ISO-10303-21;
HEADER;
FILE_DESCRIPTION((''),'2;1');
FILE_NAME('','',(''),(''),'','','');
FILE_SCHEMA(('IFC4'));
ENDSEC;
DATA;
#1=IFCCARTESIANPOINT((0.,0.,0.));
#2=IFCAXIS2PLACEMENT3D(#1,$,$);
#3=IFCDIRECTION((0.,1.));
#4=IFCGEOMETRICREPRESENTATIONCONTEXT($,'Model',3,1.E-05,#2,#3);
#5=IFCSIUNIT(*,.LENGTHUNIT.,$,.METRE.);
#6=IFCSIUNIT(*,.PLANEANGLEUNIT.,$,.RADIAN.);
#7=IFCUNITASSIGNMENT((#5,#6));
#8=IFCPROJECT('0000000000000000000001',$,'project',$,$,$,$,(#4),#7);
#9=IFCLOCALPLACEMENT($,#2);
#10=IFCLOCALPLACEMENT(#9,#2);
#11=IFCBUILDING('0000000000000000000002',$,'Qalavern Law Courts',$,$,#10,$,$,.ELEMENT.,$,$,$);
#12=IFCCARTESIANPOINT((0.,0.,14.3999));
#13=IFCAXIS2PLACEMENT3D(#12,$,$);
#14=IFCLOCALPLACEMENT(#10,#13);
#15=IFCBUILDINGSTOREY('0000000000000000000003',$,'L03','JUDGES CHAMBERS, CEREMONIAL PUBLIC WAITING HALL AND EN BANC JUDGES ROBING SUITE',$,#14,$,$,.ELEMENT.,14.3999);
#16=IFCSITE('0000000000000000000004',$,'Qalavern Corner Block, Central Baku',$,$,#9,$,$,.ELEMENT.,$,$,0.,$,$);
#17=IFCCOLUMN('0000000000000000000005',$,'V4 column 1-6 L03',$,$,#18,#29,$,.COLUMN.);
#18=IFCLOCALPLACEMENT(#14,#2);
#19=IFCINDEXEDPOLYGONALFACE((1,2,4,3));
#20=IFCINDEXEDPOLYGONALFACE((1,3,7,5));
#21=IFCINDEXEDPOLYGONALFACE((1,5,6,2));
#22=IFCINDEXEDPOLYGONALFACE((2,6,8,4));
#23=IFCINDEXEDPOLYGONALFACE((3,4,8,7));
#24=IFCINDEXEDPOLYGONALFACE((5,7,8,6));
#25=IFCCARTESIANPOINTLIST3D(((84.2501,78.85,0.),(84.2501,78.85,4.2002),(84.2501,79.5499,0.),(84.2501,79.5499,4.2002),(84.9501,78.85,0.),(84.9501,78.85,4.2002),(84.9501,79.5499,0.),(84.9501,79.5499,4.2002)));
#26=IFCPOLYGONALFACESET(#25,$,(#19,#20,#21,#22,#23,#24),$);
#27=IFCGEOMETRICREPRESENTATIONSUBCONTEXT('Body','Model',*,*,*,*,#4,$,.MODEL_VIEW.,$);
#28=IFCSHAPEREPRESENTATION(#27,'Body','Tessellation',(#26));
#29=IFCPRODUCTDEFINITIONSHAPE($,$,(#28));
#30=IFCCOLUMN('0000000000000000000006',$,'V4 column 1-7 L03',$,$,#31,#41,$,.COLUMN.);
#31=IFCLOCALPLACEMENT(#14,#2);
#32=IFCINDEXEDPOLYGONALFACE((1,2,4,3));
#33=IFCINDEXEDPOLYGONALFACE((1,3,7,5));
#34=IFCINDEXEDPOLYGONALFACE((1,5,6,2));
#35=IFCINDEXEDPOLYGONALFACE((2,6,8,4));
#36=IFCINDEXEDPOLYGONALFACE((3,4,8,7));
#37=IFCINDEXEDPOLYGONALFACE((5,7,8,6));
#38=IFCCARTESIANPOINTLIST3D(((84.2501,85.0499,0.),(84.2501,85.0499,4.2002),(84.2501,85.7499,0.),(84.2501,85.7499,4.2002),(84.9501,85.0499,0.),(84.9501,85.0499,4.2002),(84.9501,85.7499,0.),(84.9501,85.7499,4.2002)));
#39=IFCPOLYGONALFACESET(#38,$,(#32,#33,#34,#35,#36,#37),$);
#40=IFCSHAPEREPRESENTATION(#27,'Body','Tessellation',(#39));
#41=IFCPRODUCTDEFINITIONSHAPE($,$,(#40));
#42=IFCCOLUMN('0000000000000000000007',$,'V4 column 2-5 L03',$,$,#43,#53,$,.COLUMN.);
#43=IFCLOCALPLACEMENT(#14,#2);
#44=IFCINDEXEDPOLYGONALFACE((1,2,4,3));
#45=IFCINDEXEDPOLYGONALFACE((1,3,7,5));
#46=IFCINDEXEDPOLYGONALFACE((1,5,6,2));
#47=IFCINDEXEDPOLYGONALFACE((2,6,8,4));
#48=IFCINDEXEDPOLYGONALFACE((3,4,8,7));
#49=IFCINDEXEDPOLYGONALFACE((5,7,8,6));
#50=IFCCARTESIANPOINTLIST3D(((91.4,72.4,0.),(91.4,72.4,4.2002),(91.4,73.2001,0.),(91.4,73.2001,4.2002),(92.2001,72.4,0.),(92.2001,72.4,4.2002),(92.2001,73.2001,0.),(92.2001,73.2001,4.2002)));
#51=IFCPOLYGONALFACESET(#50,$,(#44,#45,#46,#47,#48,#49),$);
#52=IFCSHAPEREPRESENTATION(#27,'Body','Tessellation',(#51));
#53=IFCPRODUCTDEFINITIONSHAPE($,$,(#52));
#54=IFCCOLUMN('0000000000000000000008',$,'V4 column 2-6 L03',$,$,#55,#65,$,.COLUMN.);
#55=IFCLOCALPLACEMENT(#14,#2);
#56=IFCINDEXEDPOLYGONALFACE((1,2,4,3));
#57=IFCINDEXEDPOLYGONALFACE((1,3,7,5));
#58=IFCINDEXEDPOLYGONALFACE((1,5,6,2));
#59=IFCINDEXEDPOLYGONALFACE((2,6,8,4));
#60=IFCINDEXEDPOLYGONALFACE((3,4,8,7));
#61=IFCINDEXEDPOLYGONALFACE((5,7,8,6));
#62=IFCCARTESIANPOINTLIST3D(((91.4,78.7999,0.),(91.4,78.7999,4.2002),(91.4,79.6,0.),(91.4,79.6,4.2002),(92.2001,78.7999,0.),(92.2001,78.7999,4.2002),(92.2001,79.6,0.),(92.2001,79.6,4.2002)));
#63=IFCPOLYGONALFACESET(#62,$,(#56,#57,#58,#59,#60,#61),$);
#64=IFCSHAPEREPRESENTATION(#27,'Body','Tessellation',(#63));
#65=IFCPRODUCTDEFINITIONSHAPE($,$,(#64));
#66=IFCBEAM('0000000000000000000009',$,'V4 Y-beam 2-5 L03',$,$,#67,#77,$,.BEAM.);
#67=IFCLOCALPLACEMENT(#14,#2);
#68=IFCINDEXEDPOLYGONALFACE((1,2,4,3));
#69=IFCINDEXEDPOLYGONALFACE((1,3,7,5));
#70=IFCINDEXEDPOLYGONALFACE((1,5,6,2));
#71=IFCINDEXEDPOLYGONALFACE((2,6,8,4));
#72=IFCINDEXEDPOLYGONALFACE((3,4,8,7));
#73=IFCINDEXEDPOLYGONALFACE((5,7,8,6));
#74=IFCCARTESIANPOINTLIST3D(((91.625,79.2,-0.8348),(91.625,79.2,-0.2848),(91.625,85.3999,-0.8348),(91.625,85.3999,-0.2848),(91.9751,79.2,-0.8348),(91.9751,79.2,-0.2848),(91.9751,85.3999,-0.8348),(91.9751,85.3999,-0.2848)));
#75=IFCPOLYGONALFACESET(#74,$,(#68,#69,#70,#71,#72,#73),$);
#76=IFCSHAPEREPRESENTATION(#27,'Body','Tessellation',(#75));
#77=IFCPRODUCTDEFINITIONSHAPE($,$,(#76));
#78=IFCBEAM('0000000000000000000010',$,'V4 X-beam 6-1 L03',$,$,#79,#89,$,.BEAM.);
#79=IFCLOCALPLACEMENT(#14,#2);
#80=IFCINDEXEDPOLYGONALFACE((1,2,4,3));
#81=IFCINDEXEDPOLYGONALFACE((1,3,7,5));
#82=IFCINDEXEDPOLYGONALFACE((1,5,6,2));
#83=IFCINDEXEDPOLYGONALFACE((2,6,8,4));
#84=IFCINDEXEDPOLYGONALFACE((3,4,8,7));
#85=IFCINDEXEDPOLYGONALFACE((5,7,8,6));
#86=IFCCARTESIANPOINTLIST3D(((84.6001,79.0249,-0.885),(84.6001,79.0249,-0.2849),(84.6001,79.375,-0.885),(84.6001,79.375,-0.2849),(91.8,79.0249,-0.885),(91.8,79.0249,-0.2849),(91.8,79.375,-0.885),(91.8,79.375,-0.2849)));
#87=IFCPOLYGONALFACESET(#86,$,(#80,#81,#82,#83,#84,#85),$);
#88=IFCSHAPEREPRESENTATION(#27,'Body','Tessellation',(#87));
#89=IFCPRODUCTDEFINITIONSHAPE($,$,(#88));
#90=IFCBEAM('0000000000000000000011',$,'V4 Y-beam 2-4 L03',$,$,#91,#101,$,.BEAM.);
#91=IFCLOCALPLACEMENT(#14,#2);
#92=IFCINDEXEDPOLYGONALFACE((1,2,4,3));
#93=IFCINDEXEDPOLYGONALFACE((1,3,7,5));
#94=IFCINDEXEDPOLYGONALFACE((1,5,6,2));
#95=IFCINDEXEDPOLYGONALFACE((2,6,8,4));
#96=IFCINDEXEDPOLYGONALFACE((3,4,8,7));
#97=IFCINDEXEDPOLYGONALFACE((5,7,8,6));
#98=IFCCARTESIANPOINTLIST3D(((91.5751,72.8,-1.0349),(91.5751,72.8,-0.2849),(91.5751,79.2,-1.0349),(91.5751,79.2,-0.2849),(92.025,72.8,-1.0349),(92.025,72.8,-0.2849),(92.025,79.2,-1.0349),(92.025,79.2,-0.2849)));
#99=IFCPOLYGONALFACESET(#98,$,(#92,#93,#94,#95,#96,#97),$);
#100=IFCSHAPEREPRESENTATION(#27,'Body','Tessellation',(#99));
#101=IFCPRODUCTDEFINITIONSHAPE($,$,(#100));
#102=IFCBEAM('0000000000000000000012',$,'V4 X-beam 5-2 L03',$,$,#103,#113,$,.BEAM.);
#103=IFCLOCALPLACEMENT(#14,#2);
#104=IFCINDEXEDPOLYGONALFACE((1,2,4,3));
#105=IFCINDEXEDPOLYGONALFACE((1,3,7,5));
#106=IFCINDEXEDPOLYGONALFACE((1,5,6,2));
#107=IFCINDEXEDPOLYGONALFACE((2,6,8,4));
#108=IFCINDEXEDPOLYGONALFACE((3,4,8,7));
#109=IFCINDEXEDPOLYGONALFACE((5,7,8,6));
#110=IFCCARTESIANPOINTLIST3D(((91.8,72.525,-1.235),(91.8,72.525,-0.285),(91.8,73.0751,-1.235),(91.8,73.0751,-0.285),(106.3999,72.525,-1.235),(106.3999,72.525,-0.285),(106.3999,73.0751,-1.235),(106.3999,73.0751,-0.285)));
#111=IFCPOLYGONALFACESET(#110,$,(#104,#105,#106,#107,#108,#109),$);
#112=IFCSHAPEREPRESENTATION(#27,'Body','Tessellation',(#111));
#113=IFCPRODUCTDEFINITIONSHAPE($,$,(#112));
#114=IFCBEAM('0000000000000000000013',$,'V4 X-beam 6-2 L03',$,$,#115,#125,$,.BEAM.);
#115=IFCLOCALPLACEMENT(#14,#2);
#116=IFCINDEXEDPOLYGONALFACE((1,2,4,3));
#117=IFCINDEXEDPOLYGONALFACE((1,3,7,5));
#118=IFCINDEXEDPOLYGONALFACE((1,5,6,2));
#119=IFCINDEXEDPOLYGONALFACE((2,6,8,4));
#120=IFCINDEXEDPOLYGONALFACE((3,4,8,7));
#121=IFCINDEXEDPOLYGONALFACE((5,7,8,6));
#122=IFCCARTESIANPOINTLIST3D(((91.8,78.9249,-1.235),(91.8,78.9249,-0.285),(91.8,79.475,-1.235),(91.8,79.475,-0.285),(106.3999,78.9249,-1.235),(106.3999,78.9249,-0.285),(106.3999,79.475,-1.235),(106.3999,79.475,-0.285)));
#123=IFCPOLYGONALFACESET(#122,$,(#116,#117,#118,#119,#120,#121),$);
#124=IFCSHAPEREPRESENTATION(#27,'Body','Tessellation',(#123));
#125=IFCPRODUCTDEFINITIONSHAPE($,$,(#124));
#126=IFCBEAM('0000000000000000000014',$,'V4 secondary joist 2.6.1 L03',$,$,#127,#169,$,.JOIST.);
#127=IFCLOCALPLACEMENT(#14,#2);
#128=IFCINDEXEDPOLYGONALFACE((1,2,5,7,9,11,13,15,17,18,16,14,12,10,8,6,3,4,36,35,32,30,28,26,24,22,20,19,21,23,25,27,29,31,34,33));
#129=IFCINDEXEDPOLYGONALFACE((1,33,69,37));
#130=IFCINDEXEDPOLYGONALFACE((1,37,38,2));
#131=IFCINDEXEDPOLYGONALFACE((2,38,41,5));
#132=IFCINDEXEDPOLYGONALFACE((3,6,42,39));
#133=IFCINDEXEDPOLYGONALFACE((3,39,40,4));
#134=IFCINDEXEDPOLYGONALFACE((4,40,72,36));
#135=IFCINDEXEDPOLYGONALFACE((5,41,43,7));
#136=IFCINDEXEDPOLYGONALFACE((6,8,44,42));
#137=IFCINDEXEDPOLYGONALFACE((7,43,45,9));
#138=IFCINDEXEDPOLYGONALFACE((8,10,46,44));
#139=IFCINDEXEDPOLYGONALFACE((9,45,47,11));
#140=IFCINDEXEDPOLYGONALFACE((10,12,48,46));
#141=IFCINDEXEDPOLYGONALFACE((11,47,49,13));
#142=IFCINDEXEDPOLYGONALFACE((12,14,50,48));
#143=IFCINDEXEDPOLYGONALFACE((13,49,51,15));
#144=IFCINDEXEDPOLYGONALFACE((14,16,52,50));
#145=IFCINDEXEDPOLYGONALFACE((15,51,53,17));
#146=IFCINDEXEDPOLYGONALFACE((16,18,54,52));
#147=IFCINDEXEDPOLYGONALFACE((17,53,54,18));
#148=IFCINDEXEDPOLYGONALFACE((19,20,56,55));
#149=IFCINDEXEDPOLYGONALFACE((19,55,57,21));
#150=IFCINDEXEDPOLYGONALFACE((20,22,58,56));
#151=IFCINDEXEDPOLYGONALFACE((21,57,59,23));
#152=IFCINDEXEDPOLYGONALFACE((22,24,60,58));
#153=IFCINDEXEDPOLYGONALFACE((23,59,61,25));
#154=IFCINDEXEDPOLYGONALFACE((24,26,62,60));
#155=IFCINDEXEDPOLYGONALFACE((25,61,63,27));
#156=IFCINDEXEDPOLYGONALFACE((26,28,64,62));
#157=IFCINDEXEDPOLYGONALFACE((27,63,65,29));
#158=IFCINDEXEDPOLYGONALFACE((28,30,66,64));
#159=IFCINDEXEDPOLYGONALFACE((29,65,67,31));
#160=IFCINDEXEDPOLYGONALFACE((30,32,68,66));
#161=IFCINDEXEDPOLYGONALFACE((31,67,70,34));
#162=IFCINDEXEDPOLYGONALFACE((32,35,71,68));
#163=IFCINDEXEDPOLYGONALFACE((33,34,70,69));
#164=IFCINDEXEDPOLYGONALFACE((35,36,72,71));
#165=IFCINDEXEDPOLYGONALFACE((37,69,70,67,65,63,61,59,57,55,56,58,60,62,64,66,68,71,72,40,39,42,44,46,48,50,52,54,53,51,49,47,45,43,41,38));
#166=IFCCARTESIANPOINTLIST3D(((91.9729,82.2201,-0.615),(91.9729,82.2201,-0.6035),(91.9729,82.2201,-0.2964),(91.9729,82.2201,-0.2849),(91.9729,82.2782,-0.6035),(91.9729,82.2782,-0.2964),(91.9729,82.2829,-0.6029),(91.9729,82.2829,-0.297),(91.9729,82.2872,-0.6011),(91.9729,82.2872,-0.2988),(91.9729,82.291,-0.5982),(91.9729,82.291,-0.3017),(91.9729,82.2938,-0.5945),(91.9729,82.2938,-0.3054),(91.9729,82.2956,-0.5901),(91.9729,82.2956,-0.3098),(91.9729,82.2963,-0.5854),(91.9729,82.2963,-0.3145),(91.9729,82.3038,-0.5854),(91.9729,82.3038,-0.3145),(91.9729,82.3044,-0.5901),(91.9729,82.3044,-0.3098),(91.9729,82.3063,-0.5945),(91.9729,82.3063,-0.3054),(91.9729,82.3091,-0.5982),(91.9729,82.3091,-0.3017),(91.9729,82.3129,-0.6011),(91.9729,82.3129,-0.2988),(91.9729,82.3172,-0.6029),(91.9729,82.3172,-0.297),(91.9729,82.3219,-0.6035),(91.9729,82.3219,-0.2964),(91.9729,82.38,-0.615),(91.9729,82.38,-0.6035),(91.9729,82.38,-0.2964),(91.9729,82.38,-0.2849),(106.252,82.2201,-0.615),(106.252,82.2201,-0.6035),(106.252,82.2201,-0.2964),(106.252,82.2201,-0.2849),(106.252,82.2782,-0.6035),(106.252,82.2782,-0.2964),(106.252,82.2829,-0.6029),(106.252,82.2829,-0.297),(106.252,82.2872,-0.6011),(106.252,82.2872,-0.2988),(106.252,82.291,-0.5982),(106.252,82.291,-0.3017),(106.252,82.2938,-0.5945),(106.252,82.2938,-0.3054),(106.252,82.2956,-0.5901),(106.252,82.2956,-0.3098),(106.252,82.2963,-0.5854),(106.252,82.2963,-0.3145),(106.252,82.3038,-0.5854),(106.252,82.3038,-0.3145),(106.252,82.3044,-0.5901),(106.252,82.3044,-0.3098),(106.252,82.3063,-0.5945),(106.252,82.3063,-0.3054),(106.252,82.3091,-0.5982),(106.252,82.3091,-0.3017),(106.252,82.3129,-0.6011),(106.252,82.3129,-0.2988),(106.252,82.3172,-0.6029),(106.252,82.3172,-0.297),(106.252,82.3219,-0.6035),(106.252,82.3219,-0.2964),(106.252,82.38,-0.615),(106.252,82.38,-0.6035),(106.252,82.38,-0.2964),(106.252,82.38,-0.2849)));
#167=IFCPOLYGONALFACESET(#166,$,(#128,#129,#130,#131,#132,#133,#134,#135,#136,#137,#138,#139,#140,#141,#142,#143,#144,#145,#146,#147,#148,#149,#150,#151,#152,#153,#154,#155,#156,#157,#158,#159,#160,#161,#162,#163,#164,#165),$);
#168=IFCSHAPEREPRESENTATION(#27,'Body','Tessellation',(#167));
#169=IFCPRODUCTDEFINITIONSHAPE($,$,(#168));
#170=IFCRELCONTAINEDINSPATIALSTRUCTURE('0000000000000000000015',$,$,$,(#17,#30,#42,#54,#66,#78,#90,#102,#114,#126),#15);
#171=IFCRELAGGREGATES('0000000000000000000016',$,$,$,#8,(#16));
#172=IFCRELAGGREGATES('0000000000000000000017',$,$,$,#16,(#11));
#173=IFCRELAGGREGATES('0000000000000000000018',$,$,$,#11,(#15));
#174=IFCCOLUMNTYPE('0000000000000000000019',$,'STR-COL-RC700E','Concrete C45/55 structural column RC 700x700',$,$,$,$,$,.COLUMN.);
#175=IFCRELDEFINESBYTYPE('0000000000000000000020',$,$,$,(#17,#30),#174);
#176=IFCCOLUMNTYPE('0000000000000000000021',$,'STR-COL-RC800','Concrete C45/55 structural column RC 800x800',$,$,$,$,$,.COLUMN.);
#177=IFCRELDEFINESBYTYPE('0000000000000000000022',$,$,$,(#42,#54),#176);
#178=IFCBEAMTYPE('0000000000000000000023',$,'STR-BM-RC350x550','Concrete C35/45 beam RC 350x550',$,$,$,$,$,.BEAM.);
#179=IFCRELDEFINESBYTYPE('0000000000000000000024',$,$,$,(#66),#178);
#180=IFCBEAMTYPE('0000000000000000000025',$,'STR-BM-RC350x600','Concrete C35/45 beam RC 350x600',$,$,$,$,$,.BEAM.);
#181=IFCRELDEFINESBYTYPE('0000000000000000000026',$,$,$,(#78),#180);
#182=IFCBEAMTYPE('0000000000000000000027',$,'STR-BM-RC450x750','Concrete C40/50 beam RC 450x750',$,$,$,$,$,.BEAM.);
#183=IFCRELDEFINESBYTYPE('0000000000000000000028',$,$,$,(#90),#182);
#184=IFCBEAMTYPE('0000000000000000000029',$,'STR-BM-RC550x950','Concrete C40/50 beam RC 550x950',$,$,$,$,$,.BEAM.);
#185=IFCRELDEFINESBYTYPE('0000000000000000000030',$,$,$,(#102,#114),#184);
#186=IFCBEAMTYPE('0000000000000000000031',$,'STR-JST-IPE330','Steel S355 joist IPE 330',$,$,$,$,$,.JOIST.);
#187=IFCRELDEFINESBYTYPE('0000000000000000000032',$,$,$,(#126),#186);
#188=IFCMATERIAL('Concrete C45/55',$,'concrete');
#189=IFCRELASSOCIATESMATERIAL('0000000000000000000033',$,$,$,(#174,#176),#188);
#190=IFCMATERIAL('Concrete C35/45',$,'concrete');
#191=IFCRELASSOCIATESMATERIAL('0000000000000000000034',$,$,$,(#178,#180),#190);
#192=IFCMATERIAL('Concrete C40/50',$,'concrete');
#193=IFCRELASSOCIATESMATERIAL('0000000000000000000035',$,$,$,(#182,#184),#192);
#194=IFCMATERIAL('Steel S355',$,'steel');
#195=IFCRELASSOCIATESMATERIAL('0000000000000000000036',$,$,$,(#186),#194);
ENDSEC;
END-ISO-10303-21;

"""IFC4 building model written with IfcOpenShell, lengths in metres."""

from ifc_helpers import new_model, si_unit, direction, frame, origin, origin_2d, place, context, subcontext, project, spatial, rectangle, i_section, extrude, material, material_profile, profile_set, type_object, element, save


model = new_model("IFC4")

# Units and contexts
model_context = context("Model", 3, precision=1e-05, world=origin(), true_north=direction((0.0, 1.0)))
body_context = subcontext(model_context, "Body", "Model", "MODEL_VIEW")
ifc_project = project(units=[si_unit("LENGTHUNIT", "METRE"), si_unit("PLANEANGLEUNIT", "RADIAN")], contexts=[model_context])

# Site, building, storey
site_placement = place(None, origin())
site = spatial("IfcSite", under=ifc_project, at=site_placement, Name="Qalavern Corner Block, Central Baku", CompositionType="ELEMENT", RefElevation=0.0)
building_placement = place(site_placement, origin())
building = spatial("IfcBuilding", under=site, at=building_placement, Name="Qalavern Law Courts", CompositionType="ELEMENT")
storey_placement = place(building_placement, frame((0.0, 0.0, 14.3999)))
storey = spatial("IfcBuildingStorey", under=building, at=storey_placement, Name="L03", Description="JUDGES CHAMBERS, CEREMONIAL PUBLIC WAITING HALL AND EN BANC JUDGES ROBING SUITE", CompositionType="ELEMENT", Elevation=14.3999)

# Columns
ifc_material_1 = material(Name="Concrete C45/55", Category="concrete")
ifc_material_profile_1 = material_profile(ifc_material_1, rectangle(XDim=0.7, YDim=0.7, at=origin_2d()), Name="RC 700x700")
ifc_profile_set_1 = profile_set([ifc_material_profile_1], Name="Concrete C45/55")
column_type_1 = type_object("IfcColumnType", Name="STR-COL-RC700E", Description="Concrete C45/55 structural column RC 700x700", PredefinedType="COLUMN", material=ifc_profile_set_1)
for number, where, z_axis, x_axis, name in (
    (1, (84.6001, 79.2, 0.0), (0.0, 0.0, 1.0), (1.0, 0.0, 0.0), "V4 column 1-6 L03"),
    (2, (84.6001, 85.3999, 0.0), (0.0, 0.0, 1.0), (1.0, 0.0, 0.0), "V4 column 1-7 L03"),
):
    element("IfcColumn", number, at=place(storey_placement, frame(where, z_axis=z_axis, x_axis=x_axis)), inside=storey, type_object=column_type_1, Name=name, PredefinedType="COLUMN", context=body_context, shape_type="SweptSolid", body=[
        extrude(rectangle(XDim=0.7, YDim=0.7, at=origin_2d()), origin(), (0.0, 0.0, 1.0), 4.2002),
    ])
ifc_material_profile_2 = material_profile(ifc_material_1, rectangle(XDim=0.8, YDim=0.8, at=origin_2d()), Name="RC 800x800")
ifc_profile_set_2 = profile_set([ifc_material_profile_2], Name="Concrete C45/55")
column_type_2 = type_object("IfcColumnType", Name="STR-COL-RC800", Description="Concrete C45/55 structural column RC 800x800", PredefinedType="COLUMN", material=ifc_profile_set_2)
for number, where, z_axis, x_axis, name in (
    (3, (91.8, 72.8, 0.0), (0.0, 0.0, 1.0), (1.0, 0.0, 0.0), "V4 column 2-5 L03"),
    (4, (91.8, 79.2, 0.0), (0.0, 0.0, 1.0), (1.0, 0.0, 0.0), "V4 column 2-6 L03"),
):
    element("IfcColumn", number, at=place(storey_placement, frame(where, z_axis=z_axis, x_axis=x_axis)), inside=storey, type_object=column_type_2, Name=name, PredefinedType="COLUMN", context=body_context, shape_type="SweptSolid", body=[
        extrude(rectangle(XDim=0.8, YDim=0.8, at=origin_2d()), origin(), (0.0, 0.0, 1.0), 4.2002),
    ])

# Beams
ifc_material_2 = material(Name="Concrete C35/45", Category="concrete")
ifc_material_profile_3 = material_profile(ifc_material_2, rectangle(XDim=0.3501, YDim=0.55, at=origin_2d()), Name="RC 350x550")
ifc_profile_set_3 = profile_set([ifc_material_profile_3], Name="Concrete C35/45")
beam_type_1 = type_object("IfcBeamType", Name="STR-BM-RC350x550", Description="Concrete C35/45 beam RC 350x550", PredefinedType="BEAM", material=ifc_profile_set_3)
beam_1_placement = place(storey_placement, frame((91.8, 79.2, -0.5598), z_axis=(0.0, 1.0, 0.0), x_axis=(-1.0, 0.0, 0.0)))
element("IfcBeam", 5, at=beam_1_placement, inside=storey, type_object=beam_type_1, Name="V4 Y-beam 2-5 L03", PredefinedType="BEAM", context=body_context, shape_type="SweptSolid", body=[
    extrude(rectangle(XDim=0.3501, YDim=0.55, at=origin_2d()), origin(), (0.0, 0.0, 1.0), 6.2),
])
ifc_material_profile_4 = material_profile(ifc_material_2, rectangle(XDim=0.3501, YDim=0.6001, at=origin_2d()), Name="RC 350x600")
ifc_profile_set_4 = profile_set([ifc_material_profile_4], Name="Concrete C35/45")
beam_type_2 = type_object("IfcBeamType", Name="STR-BM-RC350x600", Description="Concrete C35/45 beam RC 350x600", PredefinedType="BEAM", material=ifc_profile_set_4)
beam_2_placement = place(storey_placement, frame((84.6001, 79.2, -0.585), z_axis=(1.0, 0.0, 0.0), x_axis=(0.0, 1.0, 0.0)))
element("IfcBeam", 6, at=beam_2_placement, inside=storey, type_object=beam_type_2, Name="V4 X-beam 6-1 L03", PredefinedType="BEAM", context=body_context, shape_type="SweptSolid", body=[
    extrude(rectangle(XDim=0.3501, YDim=0.6001, at=origin_2d()), origin(), (0.0, 0.0, 1.0), 7.2),
])
ifc_material_3 = material(Name="Concrete C40/50", Category="concrete")
ifc_material_profile_5 = material_profile(ifc_material_3, rectangle(XDim=0.45, YDim=0.75, at=origin_2d()), Name="RC 450x750")
ifc_profile_set_5 = profile_set([ifc_material_profile_5], Name="Concrete C40/50")
beam_type_3 = type_object("IfcBeamType", Name="STR-BM-RC450x750", Description="Concrete C40/50 beam RC 450x750", PredefinedType="BEAM", material=ifc_profile_set_5)
beam_3_placement = place(storey_placement, frame((91.8, 72.8, -0.6599), z_axis=(0.0, 1.0, 0.0), x_axis=(-1.0, 0.0, 0.0)))
element("IfcBeam", 7, at=beam_3_placement, inside=storey, type_object=beam_type_3, Name="V4 Y-beam 2-4 L03", PredefinedType="BEAM", context=body_context, shape_type="SweptSolid", body=[
    extrude(rectangle(XDim=0.45, YDim=0.75, at=origin_2d()), origin(), (0.0, 0.0, 1.0), 6.3999),
])
ifc_material_profile_6 = material_profile(ifc_material_3, rectangle(XDim=0.55, YDim=0.95, at=origin_2d()), Name="RC 550x950")
ifc_profile_set_6 = profile_set([ifc_material_profile_6], Name="Concrete C40/50")
beam_type_4 = type_object("IfcBeamType", Name="STR-BM-RC550x950", Description="Concrete C40/50 beam RC 550x950", PredefinedType="BEAM", material=ifc_profile_set_6)
for number, where, z_axis, x_axis, name in (
    (8, (91.8, 72.8, -0.76), (1.0, 0.0, 0.0), (0.0, 1.0, 0.0), "V4 X-beam 5-2 L03"),
    (9, (91.8, 79.2, -0.76), (1.0, 0.0, 0.0), (0.0, 1.0, 0.0), "V4 X-beam 6-2 L03"),
):
    element("IfcBeam", number, at=place(storey_placement, frame(where, z_axis=z_axis, x_axis=x_axis)), inside=storey, type_object=beam_type_4, Name=name, PredefinedType="BEAM", context=body_context, shape_type="SweptSolid", body=[
        extrude(rectangle(XDim=0.55, YDim=0.95, at=origin_2d()), origin(), (0.0, 0.0, 1.0), 14.5999),
    ])
ifc_material_4 = material(Name="Steel S355", Category="steel")
ifc_material_profile_7 = material_profile(ifc_material_4, i_section(OverallWidth=0.1599, OverallDepth=0.3301, WebThickness=0.0076, FlangeThickness=0.0115, FilletRadius=0.0181, at=origin_2d()), Name="IPE 330")
ifc_profile_set_7 = profile_set([ifc_material_profile_7], Name="Steel S355")
beam_type_5 = type_object("IfcBeamType", Name="STR-JST-IPE330", Description="Steel S355 joist IPE 330", PredefinedType="JOIST", material=ifc_profile_set_7)
beam_4_placement = place(storey_placement, frame((91.9729, 82.3, -0.45), z_axis=(1.0, 0.0, 0.0), x_axis=(0.0, 1.0, 0.0)))
element("IfcBeam", 10, at=beam_4_placement, inside=storey, type_object=beam_type_5, Name="V4 secondary joist 2.6.1 L03", PredefinedType="JOIST", context=body_context, shape_type="SweptSolid", body=[
    extrude(i_section(OverallWidth=0.1599, OverallDepth=0.3301, WebThickness=0.0076, FlangeThickness=0.0115, FilletRadius=0.0181, at=origin_2d()), origin(), (0.0, 0.0, 1.0), 14.2791),
])

save(model, "model.ifc")
